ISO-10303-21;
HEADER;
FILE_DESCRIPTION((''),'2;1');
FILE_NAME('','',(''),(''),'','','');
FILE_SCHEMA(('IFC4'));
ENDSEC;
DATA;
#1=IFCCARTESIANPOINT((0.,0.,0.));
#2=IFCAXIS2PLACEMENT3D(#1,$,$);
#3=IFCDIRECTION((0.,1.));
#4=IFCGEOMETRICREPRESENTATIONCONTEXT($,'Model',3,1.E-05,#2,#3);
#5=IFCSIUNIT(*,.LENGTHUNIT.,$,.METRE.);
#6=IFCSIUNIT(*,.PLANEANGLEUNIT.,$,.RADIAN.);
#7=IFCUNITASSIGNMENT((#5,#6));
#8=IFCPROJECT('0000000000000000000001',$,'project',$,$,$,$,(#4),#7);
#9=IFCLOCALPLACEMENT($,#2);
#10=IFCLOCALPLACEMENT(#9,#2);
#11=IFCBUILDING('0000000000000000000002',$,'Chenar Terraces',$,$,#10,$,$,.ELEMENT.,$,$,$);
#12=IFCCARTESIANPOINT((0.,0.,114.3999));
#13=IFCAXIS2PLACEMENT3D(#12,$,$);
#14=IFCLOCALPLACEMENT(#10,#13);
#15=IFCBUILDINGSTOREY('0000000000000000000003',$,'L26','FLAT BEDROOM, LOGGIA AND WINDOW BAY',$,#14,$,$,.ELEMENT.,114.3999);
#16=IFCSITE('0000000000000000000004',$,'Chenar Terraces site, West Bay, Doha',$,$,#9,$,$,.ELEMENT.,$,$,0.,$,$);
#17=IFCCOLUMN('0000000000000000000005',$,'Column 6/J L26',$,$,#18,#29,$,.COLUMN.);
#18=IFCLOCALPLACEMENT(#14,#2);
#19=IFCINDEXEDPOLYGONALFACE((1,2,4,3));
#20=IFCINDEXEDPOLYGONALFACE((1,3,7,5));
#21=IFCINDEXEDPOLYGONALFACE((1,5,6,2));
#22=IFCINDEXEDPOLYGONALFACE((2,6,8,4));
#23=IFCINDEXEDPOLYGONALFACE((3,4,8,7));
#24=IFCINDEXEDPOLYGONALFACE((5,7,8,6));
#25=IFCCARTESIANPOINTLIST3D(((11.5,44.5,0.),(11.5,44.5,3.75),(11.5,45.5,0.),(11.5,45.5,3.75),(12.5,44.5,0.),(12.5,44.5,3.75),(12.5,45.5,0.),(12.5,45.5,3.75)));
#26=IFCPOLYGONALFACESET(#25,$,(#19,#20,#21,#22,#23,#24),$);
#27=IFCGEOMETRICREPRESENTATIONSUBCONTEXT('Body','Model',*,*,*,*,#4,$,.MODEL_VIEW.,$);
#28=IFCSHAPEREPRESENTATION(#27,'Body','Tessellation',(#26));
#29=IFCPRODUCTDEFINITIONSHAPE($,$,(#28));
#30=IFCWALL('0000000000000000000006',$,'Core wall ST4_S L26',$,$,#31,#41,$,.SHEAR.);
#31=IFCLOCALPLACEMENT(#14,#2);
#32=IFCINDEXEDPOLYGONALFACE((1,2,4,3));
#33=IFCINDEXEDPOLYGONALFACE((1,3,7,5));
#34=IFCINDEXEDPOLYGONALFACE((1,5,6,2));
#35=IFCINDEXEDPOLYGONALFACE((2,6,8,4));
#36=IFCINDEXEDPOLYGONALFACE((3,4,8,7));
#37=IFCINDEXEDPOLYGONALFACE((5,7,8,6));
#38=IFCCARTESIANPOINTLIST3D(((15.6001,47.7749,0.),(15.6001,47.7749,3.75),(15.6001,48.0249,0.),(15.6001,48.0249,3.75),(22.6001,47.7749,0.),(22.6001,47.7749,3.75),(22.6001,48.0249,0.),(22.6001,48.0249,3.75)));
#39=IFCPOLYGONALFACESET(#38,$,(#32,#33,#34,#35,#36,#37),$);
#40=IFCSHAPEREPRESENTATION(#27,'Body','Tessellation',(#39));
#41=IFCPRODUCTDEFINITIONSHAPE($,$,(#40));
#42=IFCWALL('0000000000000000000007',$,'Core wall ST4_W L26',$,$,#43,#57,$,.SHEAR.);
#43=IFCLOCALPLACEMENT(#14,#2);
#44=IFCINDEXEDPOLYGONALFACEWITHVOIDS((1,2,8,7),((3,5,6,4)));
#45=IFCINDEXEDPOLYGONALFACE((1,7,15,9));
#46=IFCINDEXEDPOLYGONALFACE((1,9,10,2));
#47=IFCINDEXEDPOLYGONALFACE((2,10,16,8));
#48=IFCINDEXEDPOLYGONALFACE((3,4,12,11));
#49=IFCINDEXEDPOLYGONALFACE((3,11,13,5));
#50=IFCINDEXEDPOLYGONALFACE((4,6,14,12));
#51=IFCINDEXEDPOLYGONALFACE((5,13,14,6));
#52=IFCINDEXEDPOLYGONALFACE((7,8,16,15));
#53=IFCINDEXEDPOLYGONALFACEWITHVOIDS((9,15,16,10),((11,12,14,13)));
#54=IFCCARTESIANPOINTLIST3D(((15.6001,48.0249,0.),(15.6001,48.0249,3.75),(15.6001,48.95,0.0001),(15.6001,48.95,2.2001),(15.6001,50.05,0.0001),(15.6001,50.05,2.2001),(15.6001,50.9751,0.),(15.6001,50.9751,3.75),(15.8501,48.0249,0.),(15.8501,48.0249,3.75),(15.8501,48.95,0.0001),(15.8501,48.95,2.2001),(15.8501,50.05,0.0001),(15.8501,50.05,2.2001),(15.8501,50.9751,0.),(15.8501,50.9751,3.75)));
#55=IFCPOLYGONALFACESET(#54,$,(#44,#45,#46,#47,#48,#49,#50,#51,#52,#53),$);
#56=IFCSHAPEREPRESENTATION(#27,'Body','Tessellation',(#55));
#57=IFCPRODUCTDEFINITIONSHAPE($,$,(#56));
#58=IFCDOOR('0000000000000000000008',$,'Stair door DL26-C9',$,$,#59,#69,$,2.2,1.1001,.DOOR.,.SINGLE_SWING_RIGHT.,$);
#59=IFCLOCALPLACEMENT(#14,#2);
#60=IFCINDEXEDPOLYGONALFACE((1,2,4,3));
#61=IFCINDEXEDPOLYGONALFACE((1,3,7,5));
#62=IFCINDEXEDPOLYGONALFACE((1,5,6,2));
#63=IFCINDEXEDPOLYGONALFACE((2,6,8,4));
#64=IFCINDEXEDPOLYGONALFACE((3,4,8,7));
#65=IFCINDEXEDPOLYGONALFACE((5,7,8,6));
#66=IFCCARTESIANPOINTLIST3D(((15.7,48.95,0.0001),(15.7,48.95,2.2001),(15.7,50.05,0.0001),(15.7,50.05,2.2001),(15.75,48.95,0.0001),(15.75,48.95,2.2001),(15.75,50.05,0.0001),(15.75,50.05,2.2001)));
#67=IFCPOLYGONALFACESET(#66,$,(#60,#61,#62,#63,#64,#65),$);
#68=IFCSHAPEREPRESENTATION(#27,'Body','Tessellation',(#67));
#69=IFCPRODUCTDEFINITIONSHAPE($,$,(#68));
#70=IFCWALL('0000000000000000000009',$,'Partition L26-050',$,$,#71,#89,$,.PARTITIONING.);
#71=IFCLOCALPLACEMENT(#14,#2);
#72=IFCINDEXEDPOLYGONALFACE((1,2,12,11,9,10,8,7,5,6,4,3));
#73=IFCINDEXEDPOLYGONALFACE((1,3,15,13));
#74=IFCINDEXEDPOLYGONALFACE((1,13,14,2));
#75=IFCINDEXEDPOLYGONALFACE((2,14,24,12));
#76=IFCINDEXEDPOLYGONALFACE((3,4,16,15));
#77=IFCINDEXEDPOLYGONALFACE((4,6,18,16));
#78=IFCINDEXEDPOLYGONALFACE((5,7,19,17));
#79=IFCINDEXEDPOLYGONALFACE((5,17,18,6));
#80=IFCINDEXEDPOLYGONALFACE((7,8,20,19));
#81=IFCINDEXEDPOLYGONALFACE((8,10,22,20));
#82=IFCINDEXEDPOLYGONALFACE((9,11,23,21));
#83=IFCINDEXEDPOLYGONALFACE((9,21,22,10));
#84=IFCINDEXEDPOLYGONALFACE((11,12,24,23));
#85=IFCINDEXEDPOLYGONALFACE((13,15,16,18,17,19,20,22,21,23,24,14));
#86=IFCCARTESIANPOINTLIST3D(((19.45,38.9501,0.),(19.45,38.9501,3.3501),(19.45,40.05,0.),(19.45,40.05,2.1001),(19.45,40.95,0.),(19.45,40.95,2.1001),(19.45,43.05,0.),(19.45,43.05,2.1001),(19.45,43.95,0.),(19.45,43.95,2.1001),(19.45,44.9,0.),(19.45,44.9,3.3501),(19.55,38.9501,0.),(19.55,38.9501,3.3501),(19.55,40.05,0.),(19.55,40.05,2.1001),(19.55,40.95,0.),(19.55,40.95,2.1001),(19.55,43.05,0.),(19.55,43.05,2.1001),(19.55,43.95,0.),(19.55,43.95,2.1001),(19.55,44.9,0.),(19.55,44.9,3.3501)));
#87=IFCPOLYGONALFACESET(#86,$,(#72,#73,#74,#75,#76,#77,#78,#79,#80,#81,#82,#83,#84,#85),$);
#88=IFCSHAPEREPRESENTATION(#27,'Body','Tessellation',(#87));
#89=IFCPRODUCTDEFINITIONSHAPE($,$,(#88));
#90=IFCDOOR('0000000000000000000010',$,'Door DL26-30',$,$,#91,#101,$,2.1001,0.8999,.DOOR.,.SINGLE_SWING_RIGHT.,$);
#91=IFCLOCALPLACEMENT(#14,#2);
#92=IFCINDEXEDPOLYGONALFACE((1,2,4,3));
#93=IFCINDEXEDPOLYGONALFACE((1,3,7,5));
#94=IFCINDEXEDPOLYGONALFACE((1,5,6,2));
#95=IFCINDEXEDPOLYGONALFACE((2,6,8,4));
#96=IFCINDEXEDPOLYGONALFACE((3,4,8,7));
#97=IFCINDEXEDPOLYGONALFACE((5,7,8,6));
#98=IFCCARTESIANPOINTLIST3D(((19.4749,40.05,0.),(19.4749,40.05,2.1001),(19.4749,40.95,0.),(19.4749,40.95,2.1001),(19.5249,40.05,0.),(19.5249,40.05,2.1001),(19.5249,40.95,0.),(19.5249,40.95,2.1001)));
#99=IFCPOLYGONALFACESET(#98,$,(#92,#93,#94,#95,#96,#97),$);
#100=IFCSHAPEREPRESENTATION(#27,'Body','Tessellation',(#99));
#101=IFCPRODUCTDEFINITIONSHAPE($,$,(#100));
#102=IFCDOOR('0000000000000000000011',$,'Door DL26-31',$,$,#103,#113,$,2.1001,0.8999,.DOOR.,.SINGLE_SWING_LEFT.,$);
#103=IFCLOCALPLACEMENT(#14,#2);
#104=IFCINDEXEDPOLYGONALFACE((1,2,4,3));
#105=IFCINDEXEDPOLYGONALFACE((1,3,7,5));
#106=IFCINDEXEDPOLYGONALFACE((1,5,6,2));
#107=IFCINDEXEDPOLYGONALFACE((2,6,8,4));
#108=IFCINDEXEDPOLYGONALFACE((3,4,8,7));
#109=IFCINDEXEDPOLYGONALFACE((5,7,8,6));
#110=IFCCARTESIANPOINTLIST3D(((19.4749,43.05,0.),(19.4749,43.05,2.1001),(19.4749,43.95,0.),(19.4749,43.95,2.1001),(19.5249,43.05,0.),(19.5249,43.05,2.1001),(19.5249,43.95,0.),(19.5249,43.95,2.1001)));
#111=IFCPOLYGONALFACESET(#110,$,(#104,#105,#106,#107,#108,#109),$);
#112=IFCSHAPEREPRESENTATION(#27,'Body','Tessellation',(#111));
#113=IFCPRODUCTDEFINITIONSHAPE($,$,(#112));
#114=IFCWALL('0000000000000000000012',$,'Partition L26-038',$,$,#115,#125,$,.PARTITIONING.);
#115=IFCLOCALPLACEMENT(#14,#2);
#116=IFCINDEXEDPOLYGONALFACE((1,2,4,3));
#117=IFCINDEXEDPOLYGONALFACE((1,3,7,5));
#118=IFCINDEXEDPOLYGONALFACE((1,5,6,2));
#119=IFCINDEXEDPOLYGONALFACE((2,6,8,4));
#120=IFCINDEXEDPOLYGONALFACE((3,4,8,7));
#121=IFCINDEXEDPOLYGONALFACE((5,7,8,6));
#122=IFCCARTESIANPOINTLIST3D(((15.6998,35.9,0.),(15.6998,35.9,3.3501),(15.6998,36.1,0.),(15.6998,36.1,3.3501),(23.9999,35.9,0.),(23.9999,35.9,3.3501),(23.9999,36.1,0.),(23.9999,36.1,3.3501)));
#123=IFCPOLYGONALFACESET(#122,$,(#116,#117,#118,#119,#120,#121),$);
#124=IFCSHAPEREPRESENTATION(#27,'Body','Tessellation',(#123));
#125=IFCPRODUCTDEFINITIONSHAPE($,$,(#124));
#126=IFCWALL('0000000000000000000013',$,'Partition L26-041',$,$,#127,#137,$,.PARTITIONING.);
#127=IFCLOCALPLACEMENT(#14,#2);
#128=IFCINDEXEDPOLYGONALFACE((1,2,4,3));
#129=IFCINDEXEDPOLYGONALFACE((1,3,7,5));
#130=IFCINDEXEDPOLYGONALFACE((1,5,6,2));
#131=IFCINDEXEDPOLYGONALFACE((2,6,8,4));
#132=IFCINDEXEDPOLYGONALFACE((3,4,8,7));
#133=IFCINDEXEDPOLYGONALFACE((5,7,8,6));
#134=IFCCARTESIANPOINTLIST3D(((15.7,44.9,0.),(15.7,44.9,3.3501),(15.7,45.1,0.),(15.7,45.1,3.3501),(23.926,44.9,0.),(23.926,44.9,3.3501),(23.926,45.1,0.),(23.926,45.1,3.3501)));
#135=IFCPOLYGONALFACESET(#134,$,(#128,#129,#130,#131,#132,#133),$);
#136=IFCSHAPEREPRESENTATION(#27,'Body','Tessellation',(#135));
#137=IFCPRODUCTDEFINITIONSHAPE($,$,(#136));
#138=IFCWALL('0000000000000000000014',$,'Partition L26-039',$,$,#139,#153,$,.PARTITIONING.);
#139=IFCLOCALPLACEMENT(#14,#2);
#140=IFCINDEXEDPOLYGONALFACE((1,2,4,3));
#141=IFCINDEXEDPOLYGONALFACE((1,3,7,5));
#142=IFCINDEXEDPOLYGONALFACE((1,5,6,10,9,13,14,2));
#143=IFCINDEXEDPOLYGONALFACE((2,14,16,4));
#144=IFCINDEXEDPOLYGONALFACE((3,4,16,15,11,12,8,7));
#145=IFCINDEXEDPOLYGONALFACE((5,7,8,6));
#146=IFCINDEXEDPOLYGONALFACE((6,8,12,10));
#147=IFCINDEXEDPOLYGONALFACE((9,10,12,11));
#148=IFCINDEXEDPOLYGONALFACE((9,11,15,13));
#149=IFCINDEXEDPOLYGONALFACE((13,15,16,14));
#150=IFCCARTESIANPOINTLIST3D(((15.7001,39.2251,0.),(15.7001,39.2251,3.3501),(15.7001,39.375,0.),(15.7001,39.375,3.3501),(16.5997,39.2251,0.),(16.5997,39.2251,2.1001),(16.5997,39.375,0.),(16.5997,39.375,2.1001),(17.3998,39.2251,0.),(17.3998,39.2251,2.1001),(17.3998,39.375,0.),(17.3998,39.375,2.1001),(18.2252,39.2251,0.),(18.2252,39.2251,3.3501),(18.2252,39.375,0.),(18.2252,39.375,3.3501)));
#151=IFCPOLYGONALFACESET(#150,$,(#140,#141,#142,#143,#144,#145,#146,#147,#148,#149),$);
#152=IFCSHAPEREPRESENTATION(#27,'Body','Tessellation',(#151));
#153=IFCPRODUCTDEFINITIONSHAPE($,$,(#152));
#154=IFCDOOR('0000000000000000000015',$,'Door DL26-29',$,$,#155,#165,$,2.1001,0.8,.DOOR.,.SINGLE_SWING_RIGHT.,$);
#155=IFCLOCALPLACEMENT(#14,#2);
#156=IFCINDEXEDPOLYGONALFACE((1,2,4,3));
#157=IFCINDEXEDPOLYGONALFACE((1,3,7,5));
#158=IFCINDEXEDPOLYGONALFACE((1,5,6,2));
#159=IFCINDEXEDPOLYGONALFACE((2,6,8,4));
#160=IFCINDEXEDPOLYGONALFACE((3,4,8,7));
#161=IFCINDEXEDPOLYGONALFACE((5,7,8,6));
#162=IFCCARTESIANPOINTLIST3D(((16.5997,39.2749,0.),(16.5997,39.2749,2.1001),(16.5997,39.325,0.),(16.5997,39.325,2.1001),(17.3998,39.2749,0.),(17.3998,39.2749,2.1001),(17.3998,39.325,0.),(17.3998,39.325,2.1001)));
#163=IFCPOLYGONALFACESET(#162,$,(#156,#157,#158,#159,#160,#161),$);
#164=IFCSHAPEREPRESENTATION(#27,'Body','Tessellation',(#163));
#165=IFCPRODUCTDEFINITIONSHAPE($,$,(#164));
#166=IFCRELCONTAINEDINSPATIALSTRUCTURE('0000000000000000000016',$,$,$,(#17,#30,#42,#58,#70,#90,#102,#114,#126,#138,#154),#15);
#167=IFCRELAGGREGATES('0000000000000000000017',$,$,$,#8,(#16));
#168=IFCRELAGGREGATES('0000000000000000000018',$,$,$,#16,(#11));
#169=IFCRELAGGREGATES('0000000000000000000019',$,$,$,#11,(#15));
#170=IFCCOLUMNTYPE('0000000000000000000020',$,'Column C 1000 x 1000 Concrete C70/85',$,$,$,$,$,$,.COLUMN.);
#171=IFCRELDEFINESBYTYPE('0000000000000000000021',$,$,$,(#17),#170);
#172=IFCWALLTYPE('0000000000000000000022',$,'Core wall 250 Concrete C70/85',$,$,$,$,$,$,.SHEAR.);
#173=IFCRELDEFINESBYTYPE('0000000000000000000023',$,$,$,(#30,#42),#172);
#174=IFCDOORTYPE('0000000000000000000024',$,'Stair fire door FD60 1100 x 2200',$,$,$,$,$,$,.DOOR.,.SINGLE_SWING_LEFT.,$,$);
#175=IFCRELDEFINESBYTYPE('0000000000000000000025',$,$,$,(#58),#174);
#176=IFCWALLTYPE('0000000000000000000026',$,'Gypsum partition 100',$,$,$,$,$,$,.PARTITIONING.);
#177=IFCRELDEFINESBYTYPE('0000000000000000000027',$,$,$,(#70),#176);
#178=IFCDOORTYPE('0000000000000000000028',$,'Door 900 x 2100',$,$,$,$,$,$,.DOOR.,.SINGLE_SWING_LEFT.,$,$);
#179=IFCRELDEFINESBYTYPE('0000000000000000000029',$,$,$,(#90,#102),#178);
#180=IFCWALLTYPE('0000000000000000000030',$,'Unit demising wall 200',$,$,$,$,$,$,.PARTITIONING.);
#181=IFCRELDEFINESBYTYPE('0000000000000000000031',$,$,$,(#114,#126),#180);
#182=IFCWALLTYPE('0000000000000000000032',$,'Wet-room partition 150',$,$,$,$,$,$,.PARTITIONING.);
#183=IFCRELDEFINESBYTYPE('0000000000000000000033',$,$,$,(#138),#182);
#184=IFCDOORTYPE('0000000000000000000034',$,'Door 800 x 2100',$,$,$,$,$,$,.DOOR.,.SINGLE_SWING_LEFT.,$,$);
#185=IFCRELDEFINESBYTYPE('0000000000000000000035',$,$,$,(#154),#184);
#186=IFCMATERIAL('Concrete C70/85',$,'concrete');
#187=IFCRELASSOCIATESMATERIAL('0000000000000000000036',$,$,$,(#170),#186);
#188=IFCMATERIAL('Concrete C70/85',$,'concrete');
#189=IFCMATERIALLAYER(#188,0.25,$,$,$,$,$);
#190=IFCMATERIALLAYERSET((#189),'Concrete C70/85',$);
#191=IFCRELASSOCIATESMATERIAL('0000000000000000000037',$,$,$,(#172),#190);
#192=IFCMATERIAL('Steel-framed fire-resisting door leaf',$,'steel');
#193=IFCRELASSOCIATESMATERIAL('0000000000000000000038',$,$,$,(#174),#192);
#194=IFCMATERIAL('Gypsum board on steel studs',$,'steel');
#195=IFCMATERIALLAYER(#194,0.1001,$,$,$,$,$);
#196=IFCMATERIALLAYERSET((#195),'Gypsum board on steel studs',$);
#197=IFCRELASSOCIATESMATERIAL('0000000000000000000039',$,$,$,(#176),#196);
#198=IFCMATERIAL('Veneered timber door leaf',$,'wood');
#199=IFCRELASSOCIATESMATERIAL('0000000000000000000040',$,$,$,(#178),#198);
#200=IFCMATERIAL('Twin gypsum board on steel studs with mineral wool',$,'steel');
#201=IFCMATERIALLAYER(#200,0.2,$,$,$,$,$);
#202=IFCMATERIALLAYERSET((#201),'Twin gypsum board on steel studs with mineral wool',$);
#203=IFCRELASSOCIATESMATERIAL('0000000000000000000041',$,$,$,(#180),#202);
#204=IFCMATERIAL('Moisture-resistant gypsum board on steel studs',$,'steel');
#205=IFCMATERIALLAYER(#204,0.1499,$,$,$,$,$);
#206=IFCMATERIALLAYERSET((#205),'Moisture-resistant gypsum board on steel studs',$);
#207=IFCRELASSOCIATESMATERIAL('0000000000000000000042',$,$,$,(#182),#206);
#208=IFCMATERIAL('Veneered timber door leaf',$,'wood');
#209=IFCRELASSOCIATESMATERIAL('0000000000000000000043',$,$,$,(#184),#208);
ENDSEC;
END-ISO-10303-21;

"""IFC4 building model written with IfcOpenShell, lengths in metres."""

from ifc_helpers import new_model, si_unit, direction, frame, frame_2d, origin, origin_2d, place, context, subcontext, project, spatial, rectangle, extrude, material, layer, layer_set, material_profile, profile_set, type_object, element, fill, save


model = new_model("IFC4")

# Units and contexts
model_context = context("Model", 3, precision=1e-05, world=origin(), true_north=direction((0.0, 1.0)))
body_context = subcontext(model_context, "Body", "Model", "MODEL_VIEW")
ifc_project = project(units=[si_unit("LENGTHUNIT", "METRE"), si_unit("PLANEANGLEUNIT", "RADIAN")], contexts=[model_context])

# Site, building, storey
site_placement = place(None, origin())
site = spatial("IfcSite", under=ifc_project, at=site_placement, Name="Chenar Terraces site, West Bay, Doha", CompositionType="ELEMENT", RefElevation=0.0)
building_placement = place(site_placement, origin())
building = spatial("IfcBuilding", under=site, at=building_placement, Name="Chenar Terraces", CompositionType="ELEMENT")
storey_placement = place(building_placement, frame((0.0, 0.0, 114.3999)))
storey = spatial("IfcBuildingStorey", under=building, at=storey_placement, Name="L26", Description="FLAT BEDROOM, LOGGIA AND WINDOW BAY", CompositionType="ELEMENT", Elevation=114.3999)

# Column
ifc_material_1 = material(Name="Concrete C70/85", Category="concrete")
ifc_material_profile = material_profile(ifc_material_1, rectangle(XDim=1.0, YDim=1.0, at=origin_2d()), Name="C 1000 x 1000")
ifc_profile_set = profile_set([ifc_material_profile], Name="Concrete C70/85")
column_type = type_object("IfcColumnType", Name="Column C 1000 x 1000 Concrete C70/85", PredefinedType="COLUMN", material=ifc_profile_set)
column_placement = place(storey_placement, frame((12.0, 45.0, 0.0), z_axis=(0.0, 0.0, 1.0), x_axis=(1.0, 0.0, 0.0)))
element("IfcColumn", 1, at=column_placement, inside=storey, type_object=column_type, Name="Column 6/J L26", PredefinedType="COLUMN", context=body_context, shape_type="SweptSolid", body=[
    extrude(rectangle(XDim=1.0, YDim=1.0, at=origin_2d()), origin(), (0.0, 0.0, 1.0), 3.75),
])

# Wall
ifc_material_2 = material(Name="Concrete C70/85", Category="concrete")
ifc_layer_1 = layer(ifc_material_2, 0.25)
ifc_layer_set_1 = layer_set([ifc_layer_1], Name="Concrete C70/85")
wall_type_1 = type_object("IfcWallType", Name="Core wall 250 Concrete C70/85", PredefinedType="SHEAR", material=ifc_layer_set_1)
wall_1_placement = place(storey_placement, frame((15.6001, 47.8999, 0.0), z_axis=(0.0, 0.0, 1.0), x_axis=(1.0, 0.0, 0.0)))
element("IfcWall", 2, at=wall_1_placement, inside=storey, type_object=wall_type_1, Name="Core wall ST4_S L26", PredefinedType="SHEAR", context=body_context, shape_type="SweptSolid", body=[
    extrude(rectangle(XDim=7.0, YDim=0.25, at=frame_2d((3.5, 0.0))), origin(), (0.0, 0.0, 1.0), 3.75),
])

# Wall, opening, door
wall_2_placement = place(storey_placement, frame((15.7251, 48.0249, 0.0), z_axis=(0.0, 0.0, 1.0), x_axis=(0.0, 1.0, 0.0)))
wall_2 = element("IfcWall", 3, at=wall_2_placement, inside=storey, type_object=wall_type_1, Name="Core wall ST4_W L26", PredefinedType="SHEAR", context=body_context, shape_type="SweptSolid", body=[
    extrude(rectangle(XDim=2.9502, YDim=0.25, at=frame_2d((1.4751, 0.0))), origin(), (0.0, 0.0, 1.0), 3.75),
])
opening_1_placement = place(wall_2_placement, frame((0.925, 0.0, 0.0)))
opening_1 = element("IfcOpeningElement", 4, at=opening_1_placement, cuts=wall_2, PredefinedType="OPENING", context=body_context, shape_type="SweptSolid", body=[
    extrude(rectangle(XDim=1.1001, YDim=2.2, at=frame_2d((0.55, 1.1001))), frame((0.0, 0.135, 0.0), z_axis=(0.0, -1.0, 0.0), x_axis=(1.0, 0.0, 0.0)), (0.0, 0.0, 1.0), 0.27),
])
ifc_material_3 = material(Name="Steel-framed fire-resisting door leaf", Category="steel")
door_type_1 = type_object("IfcDoorType", Name="Stair fire door FD60 1100 x 2200", OperationType="SINGLE_SWING_LEFT", PredefinedType="DOOR", material=ifc_material_3)
door_1_placement = place(opening_1_placement, frame((1.1001, 0.0, 0.0), z_axis=(0.0, 0.0, 1.0), x_axis=(-1.0, 0.0, 0.0)))
door_1 = element("IfcDoor", 5, at=door_1_placement, inside=storey, type_object=door_type_1, Name="Stair door DL26-C9", OperationType="SINGLE_SWING_RIGHT", OverallHeight=2.2, OverallWidth=1.1001, PredefinedType="DOOR", context=body_context, shape_type="SweptSolid", body=[
    extrude(rectangle(XDim=1.1001, YDim=2.2, at=frame_2d((0.55, 1.1001))), frame((0.0, 0.0249, 0.0), z_axis=(0.0, -1.0, 0.0), x_axis=(1.0, 0.0, 0.0)), (0.0, 0.0, 1.0), 0.05),
])
fill(opening_1, door_1)

# Wall, openings, doors
ifc_material_4 = material(Name="Gypsum board on steel studs", Category="steel")
ifc_layer_2 = layer(ifc_material_4, 0.1001)
ifc_layer_set_2 = layer_set([ifc_layer_2], Name="Gypsum board on steel studs")
wall_type_2 = type_object("IfcWallType", Name="Gypsum partition 100", PredefinedType="PARTITIONING", material=ifc_layer_set_2)
wall_3_placement = place(storey_placement, frame((19.5, 38.95, 0.0), z_axis=(0.0, 0.0, 1.0), x_axis=(0.0, 1.0, 0.0)))
wall_3 = element("IfcWall", 6, at=wall_3_placement, inside=storey, type_object=wall_type_2, Name="Partition L26-050", PredefinedType="PARTITIONING", context=body_context, shape_type="SweptSolid", body=[
    extrude(rectangle(XDim=5.95, YDim=0.1001, at=frame_2d((2.9751, 0.0))), origin(), (0.0, 0.0, 1.0), 3.3501),
])
opening_2_placement = place(wall_3_placement, frame((1.1001, 0.0, 0.0)))
opening_2 = element("IfcOpeningElement", 7, at=opening_2_placement, cuts=wall_3, PredefinedType="OPENING", context=body_context, shape_type="SweptSolid", body=[
    extrude(rectangle(XDim=0.8999, YDim=2.1001, at=frame_2d((0.45, 1.05))), frame((0.0, 0.0601, 0.0), z_axis=(0.0, -1.0, 0.0), x_axis=(1.0, 0.0, 0.0)), (0.0, 0.0, 1.0), 0.1201),
])
opening_3_placement = place(wall_3_placement, frame((4.1001, 0.0, 0.0)))
opening_3 = element("IfcOpeningElement", 8, at=opening_3_placement, cuts=wall_3, PredefinedType="OPENING", context=body_context, shape_type="SweptSolid", body=[
    extrude(rectangle(XDim=0.8999, YDim=2.1001, at=frame_2d((0.45, 1.05))), frame((0.0, 0.0601, 0.0), z_axis=(0.0, -1.0, 0.0), x_axis=(1.0, 0.0, 0.0)), (0.0, 0.0, 1.0), 0.1201),
])
ifc_material_5 = material(Name="Veneered timber door leaf", Category="wood")
door_type_2 = type_object("IfcDoorType", Name="Door 900 x 2100", OperationType="SINGLE_SWING_LEFT", PredefinedType="DOOR", material=ifc_material_5)
door_2_placement = place(opening_2_placement, frame((0.8999, 0.0, 0.0), z_axis=(0.0, 0.0, 1.0), x_axis=(-1.0, 0.0, 0.0)))
door_2 = element("IfcDoor", 9, at=door_2_placement, inside=storey, type_object=door_type_2, Name="Door DL26-30", OperationType="SINGLE_SWING_RIGHT", OverallHeight=2.1001, OverallWidth=0.8999, PredefinedType="DOOR", context=body_context, shape_type="SweptSolid", body=[
    extrude(rectangle(XDim=0.8999, YDim=2.1001, at=frame_2d((0.45, 1.05))), frame((0.0, 0.0249, 0.0), z_axis=(0.0, -1.0, 0.0), x_axis=(1.0, 0.0, 0.0)), (0.0, 0.0, 1.0), 0.05),
])
fill(opening_2, door_2)
door_3_placement = place(opening_3_placement, frame((0.8999, 0.0, 0.0), z_axis=(0.0, 0.0, 1.0), x_axis=(-1.0, 0.0, 0.0)))
door_3 = element("IfcDoor", 10, at=door_3_placement, inside=storey, type_object=door_type_2, Name="Door DL26-31", OperationType="SINGLE_SWING_LEFT", OverallHeight=2.1001, OverallWidth=0.8999, PredefinedType="DOOR", context=body_context, shape_type="SweptSolid", body=[
    extrude(rectangle(XDim=0.8999, YDim=2.1001, at=frame_2d((0.45, 1.05))), frame((0.0, 0.0249, 0.0), z_axis=(0.0, -1.0, 0.0), x_axis=(1.0, 0.0, 0.0)), (0.0, 0.0, 1.0), 0.05),
])
fill(opening_3, door_3)

# Walls
ifc_material_6 = material(Name="Twin gypsum board on steel studs with mineral wool", Category="steel")
ifc_layer_3 = layer(ifc_material_6, 0.2)
ifc_layer_set_3 = layer_set([ifc_layer_3], Name="Twin gypsum board on steel studs with mineral wool")
wall_type_3 = type_object("IfcWallType", Name="Unit demising wall 200", PredefinedType="PARTITIONING", material=ifc_layer_set_3)
wall_4_placement = place(storey_placement, frame((15.7, 36.0, 0.0), z_axis=(0.0, 0.0, 1.0), x_axis=(1.0, 0.0, 0.0)))
element("IfcWall", 11, at=wall_4_placement, inside=storey, type_object=wall_type_3, Name="Partition L26-038", PredefinedType="PARTITIONING", context=body_context, shape_type="SweptSolid", body=[
    extrude(rectangle(XDim=8.3, YDim=0.2, at=frame_2d((4.1499, 0.0))), origin(), (0.0, 0.0, 1.0), 3.3501),
])
wall_5_placement = place(storey_placement, frame((15.7, 45.0, 0.0), z_axis=(0.0, 0.0, 1.0), x_axis=(1.0, 0.0, 0.0)))
element("IfcWall", 12, at=wall_5_placement, inside=storey, type_object=wall_type_3, Name="Partition L26-041", PredefinedType="PARTITIONING", context=body_context, shape_type="SweptSolid", body=[
    extrude(rectangle(XDim=8.2261, YDim=0.2, at=frame_2d((4.113, 0.0))), origin(), (0.0, 0.0, 1.0), 3.3501),
])

# Wall, opening, door
ifc_material_7 = material(Name="Moisture-resistant gypsum board on steel studs", Category="steel")
ifc_layer_4 = layer(ifc_material_7, 0.1499)
ifc_layer_set_4 = layer_set([ifc_layer_4], Name="Moisture-resistant gypsum board on steel studs")
wall_type_4 = type_object("IfcWallType", Name="Wet-room partition 150", PredefinedType="PARTITIONING", material=ifc_layer_set_4)
wall_6_placement = place(storey_placement, frame((15.7, 39.3, 0.0), z_axis=(0.0, 0.0, 1.0), x_axis=(1.0, 0.0, 0.0)))
wall_6 = element("IfcWall", 13, at=wall_6_placement, inside=storey, type_object=wall_type_4, Name="Partition L26-039", PredefinedType="PARTITIONING", context=body_context, shape_type="SweptSolid", body=[
    extrude(rectangle(XDim=2.5251, YDim=0.1499, at=frame_2d((1.2627, 0.0))), origin(), (0.0, 0.0, 1.0), 3.3501),
])
opening_4_placement = place(wall_6_placement, frame((0.8999, 0.0, 0.0)))
opening_4 = element("IfcOpeningElement", 14, at=opening_4_placement, cuts=wall_6, PredefinedType="OPENING", context=body_context, shape_type="SweptSolid", body=[
    extrude(rectangle(XDim=0.8, YDim=2.1001, at=frame_2d((0.3999, 1.05))), frame((0.0, 0.085, 0.0), z_axis=(0.0, -1.0, 0.0), x_axis=(1.0, 0.0, 0.0)), (0.0, 0.0, 1.0), 0.1699),
])
ifc_material_8 = material(Name="Veneered timber door leaf", Category="wood")
door_type_3 = type_object("IfcDoorType", Name="Door 800 x 2100", OperationType="SINGLE_SWING_LEFT", PredefinedType="DOOR", material=ifc_material_8)
door_4_placement = place(opening_4_placement, origin())
door_4 = element("IfcDoor", 15, at=door_4_placement, inside=storey, type_object=door_type_3, Name="Door DL26-29", OperationType="SINGLE_SWING_RIGHT", OverallHeight=2.1001, OverallWidth=0.8, PredefinedType="DOOR", context=body_context, shape_type="SweptSolid", body=[
    extrude(rectangle(XDim=0.8, YDim=2.1001, at=frame_2d((0.3999, 1.05))), frame((0.0, 0.0249, 0.0), z_axis=(0.0, -1.0, 0.0), x_axis=(1.0, 0.0, 0.0)), (0.0, 0.0, 1.0), 0.05),
])
fill(opening_4, door_4)

save(model, "model.ifc")
